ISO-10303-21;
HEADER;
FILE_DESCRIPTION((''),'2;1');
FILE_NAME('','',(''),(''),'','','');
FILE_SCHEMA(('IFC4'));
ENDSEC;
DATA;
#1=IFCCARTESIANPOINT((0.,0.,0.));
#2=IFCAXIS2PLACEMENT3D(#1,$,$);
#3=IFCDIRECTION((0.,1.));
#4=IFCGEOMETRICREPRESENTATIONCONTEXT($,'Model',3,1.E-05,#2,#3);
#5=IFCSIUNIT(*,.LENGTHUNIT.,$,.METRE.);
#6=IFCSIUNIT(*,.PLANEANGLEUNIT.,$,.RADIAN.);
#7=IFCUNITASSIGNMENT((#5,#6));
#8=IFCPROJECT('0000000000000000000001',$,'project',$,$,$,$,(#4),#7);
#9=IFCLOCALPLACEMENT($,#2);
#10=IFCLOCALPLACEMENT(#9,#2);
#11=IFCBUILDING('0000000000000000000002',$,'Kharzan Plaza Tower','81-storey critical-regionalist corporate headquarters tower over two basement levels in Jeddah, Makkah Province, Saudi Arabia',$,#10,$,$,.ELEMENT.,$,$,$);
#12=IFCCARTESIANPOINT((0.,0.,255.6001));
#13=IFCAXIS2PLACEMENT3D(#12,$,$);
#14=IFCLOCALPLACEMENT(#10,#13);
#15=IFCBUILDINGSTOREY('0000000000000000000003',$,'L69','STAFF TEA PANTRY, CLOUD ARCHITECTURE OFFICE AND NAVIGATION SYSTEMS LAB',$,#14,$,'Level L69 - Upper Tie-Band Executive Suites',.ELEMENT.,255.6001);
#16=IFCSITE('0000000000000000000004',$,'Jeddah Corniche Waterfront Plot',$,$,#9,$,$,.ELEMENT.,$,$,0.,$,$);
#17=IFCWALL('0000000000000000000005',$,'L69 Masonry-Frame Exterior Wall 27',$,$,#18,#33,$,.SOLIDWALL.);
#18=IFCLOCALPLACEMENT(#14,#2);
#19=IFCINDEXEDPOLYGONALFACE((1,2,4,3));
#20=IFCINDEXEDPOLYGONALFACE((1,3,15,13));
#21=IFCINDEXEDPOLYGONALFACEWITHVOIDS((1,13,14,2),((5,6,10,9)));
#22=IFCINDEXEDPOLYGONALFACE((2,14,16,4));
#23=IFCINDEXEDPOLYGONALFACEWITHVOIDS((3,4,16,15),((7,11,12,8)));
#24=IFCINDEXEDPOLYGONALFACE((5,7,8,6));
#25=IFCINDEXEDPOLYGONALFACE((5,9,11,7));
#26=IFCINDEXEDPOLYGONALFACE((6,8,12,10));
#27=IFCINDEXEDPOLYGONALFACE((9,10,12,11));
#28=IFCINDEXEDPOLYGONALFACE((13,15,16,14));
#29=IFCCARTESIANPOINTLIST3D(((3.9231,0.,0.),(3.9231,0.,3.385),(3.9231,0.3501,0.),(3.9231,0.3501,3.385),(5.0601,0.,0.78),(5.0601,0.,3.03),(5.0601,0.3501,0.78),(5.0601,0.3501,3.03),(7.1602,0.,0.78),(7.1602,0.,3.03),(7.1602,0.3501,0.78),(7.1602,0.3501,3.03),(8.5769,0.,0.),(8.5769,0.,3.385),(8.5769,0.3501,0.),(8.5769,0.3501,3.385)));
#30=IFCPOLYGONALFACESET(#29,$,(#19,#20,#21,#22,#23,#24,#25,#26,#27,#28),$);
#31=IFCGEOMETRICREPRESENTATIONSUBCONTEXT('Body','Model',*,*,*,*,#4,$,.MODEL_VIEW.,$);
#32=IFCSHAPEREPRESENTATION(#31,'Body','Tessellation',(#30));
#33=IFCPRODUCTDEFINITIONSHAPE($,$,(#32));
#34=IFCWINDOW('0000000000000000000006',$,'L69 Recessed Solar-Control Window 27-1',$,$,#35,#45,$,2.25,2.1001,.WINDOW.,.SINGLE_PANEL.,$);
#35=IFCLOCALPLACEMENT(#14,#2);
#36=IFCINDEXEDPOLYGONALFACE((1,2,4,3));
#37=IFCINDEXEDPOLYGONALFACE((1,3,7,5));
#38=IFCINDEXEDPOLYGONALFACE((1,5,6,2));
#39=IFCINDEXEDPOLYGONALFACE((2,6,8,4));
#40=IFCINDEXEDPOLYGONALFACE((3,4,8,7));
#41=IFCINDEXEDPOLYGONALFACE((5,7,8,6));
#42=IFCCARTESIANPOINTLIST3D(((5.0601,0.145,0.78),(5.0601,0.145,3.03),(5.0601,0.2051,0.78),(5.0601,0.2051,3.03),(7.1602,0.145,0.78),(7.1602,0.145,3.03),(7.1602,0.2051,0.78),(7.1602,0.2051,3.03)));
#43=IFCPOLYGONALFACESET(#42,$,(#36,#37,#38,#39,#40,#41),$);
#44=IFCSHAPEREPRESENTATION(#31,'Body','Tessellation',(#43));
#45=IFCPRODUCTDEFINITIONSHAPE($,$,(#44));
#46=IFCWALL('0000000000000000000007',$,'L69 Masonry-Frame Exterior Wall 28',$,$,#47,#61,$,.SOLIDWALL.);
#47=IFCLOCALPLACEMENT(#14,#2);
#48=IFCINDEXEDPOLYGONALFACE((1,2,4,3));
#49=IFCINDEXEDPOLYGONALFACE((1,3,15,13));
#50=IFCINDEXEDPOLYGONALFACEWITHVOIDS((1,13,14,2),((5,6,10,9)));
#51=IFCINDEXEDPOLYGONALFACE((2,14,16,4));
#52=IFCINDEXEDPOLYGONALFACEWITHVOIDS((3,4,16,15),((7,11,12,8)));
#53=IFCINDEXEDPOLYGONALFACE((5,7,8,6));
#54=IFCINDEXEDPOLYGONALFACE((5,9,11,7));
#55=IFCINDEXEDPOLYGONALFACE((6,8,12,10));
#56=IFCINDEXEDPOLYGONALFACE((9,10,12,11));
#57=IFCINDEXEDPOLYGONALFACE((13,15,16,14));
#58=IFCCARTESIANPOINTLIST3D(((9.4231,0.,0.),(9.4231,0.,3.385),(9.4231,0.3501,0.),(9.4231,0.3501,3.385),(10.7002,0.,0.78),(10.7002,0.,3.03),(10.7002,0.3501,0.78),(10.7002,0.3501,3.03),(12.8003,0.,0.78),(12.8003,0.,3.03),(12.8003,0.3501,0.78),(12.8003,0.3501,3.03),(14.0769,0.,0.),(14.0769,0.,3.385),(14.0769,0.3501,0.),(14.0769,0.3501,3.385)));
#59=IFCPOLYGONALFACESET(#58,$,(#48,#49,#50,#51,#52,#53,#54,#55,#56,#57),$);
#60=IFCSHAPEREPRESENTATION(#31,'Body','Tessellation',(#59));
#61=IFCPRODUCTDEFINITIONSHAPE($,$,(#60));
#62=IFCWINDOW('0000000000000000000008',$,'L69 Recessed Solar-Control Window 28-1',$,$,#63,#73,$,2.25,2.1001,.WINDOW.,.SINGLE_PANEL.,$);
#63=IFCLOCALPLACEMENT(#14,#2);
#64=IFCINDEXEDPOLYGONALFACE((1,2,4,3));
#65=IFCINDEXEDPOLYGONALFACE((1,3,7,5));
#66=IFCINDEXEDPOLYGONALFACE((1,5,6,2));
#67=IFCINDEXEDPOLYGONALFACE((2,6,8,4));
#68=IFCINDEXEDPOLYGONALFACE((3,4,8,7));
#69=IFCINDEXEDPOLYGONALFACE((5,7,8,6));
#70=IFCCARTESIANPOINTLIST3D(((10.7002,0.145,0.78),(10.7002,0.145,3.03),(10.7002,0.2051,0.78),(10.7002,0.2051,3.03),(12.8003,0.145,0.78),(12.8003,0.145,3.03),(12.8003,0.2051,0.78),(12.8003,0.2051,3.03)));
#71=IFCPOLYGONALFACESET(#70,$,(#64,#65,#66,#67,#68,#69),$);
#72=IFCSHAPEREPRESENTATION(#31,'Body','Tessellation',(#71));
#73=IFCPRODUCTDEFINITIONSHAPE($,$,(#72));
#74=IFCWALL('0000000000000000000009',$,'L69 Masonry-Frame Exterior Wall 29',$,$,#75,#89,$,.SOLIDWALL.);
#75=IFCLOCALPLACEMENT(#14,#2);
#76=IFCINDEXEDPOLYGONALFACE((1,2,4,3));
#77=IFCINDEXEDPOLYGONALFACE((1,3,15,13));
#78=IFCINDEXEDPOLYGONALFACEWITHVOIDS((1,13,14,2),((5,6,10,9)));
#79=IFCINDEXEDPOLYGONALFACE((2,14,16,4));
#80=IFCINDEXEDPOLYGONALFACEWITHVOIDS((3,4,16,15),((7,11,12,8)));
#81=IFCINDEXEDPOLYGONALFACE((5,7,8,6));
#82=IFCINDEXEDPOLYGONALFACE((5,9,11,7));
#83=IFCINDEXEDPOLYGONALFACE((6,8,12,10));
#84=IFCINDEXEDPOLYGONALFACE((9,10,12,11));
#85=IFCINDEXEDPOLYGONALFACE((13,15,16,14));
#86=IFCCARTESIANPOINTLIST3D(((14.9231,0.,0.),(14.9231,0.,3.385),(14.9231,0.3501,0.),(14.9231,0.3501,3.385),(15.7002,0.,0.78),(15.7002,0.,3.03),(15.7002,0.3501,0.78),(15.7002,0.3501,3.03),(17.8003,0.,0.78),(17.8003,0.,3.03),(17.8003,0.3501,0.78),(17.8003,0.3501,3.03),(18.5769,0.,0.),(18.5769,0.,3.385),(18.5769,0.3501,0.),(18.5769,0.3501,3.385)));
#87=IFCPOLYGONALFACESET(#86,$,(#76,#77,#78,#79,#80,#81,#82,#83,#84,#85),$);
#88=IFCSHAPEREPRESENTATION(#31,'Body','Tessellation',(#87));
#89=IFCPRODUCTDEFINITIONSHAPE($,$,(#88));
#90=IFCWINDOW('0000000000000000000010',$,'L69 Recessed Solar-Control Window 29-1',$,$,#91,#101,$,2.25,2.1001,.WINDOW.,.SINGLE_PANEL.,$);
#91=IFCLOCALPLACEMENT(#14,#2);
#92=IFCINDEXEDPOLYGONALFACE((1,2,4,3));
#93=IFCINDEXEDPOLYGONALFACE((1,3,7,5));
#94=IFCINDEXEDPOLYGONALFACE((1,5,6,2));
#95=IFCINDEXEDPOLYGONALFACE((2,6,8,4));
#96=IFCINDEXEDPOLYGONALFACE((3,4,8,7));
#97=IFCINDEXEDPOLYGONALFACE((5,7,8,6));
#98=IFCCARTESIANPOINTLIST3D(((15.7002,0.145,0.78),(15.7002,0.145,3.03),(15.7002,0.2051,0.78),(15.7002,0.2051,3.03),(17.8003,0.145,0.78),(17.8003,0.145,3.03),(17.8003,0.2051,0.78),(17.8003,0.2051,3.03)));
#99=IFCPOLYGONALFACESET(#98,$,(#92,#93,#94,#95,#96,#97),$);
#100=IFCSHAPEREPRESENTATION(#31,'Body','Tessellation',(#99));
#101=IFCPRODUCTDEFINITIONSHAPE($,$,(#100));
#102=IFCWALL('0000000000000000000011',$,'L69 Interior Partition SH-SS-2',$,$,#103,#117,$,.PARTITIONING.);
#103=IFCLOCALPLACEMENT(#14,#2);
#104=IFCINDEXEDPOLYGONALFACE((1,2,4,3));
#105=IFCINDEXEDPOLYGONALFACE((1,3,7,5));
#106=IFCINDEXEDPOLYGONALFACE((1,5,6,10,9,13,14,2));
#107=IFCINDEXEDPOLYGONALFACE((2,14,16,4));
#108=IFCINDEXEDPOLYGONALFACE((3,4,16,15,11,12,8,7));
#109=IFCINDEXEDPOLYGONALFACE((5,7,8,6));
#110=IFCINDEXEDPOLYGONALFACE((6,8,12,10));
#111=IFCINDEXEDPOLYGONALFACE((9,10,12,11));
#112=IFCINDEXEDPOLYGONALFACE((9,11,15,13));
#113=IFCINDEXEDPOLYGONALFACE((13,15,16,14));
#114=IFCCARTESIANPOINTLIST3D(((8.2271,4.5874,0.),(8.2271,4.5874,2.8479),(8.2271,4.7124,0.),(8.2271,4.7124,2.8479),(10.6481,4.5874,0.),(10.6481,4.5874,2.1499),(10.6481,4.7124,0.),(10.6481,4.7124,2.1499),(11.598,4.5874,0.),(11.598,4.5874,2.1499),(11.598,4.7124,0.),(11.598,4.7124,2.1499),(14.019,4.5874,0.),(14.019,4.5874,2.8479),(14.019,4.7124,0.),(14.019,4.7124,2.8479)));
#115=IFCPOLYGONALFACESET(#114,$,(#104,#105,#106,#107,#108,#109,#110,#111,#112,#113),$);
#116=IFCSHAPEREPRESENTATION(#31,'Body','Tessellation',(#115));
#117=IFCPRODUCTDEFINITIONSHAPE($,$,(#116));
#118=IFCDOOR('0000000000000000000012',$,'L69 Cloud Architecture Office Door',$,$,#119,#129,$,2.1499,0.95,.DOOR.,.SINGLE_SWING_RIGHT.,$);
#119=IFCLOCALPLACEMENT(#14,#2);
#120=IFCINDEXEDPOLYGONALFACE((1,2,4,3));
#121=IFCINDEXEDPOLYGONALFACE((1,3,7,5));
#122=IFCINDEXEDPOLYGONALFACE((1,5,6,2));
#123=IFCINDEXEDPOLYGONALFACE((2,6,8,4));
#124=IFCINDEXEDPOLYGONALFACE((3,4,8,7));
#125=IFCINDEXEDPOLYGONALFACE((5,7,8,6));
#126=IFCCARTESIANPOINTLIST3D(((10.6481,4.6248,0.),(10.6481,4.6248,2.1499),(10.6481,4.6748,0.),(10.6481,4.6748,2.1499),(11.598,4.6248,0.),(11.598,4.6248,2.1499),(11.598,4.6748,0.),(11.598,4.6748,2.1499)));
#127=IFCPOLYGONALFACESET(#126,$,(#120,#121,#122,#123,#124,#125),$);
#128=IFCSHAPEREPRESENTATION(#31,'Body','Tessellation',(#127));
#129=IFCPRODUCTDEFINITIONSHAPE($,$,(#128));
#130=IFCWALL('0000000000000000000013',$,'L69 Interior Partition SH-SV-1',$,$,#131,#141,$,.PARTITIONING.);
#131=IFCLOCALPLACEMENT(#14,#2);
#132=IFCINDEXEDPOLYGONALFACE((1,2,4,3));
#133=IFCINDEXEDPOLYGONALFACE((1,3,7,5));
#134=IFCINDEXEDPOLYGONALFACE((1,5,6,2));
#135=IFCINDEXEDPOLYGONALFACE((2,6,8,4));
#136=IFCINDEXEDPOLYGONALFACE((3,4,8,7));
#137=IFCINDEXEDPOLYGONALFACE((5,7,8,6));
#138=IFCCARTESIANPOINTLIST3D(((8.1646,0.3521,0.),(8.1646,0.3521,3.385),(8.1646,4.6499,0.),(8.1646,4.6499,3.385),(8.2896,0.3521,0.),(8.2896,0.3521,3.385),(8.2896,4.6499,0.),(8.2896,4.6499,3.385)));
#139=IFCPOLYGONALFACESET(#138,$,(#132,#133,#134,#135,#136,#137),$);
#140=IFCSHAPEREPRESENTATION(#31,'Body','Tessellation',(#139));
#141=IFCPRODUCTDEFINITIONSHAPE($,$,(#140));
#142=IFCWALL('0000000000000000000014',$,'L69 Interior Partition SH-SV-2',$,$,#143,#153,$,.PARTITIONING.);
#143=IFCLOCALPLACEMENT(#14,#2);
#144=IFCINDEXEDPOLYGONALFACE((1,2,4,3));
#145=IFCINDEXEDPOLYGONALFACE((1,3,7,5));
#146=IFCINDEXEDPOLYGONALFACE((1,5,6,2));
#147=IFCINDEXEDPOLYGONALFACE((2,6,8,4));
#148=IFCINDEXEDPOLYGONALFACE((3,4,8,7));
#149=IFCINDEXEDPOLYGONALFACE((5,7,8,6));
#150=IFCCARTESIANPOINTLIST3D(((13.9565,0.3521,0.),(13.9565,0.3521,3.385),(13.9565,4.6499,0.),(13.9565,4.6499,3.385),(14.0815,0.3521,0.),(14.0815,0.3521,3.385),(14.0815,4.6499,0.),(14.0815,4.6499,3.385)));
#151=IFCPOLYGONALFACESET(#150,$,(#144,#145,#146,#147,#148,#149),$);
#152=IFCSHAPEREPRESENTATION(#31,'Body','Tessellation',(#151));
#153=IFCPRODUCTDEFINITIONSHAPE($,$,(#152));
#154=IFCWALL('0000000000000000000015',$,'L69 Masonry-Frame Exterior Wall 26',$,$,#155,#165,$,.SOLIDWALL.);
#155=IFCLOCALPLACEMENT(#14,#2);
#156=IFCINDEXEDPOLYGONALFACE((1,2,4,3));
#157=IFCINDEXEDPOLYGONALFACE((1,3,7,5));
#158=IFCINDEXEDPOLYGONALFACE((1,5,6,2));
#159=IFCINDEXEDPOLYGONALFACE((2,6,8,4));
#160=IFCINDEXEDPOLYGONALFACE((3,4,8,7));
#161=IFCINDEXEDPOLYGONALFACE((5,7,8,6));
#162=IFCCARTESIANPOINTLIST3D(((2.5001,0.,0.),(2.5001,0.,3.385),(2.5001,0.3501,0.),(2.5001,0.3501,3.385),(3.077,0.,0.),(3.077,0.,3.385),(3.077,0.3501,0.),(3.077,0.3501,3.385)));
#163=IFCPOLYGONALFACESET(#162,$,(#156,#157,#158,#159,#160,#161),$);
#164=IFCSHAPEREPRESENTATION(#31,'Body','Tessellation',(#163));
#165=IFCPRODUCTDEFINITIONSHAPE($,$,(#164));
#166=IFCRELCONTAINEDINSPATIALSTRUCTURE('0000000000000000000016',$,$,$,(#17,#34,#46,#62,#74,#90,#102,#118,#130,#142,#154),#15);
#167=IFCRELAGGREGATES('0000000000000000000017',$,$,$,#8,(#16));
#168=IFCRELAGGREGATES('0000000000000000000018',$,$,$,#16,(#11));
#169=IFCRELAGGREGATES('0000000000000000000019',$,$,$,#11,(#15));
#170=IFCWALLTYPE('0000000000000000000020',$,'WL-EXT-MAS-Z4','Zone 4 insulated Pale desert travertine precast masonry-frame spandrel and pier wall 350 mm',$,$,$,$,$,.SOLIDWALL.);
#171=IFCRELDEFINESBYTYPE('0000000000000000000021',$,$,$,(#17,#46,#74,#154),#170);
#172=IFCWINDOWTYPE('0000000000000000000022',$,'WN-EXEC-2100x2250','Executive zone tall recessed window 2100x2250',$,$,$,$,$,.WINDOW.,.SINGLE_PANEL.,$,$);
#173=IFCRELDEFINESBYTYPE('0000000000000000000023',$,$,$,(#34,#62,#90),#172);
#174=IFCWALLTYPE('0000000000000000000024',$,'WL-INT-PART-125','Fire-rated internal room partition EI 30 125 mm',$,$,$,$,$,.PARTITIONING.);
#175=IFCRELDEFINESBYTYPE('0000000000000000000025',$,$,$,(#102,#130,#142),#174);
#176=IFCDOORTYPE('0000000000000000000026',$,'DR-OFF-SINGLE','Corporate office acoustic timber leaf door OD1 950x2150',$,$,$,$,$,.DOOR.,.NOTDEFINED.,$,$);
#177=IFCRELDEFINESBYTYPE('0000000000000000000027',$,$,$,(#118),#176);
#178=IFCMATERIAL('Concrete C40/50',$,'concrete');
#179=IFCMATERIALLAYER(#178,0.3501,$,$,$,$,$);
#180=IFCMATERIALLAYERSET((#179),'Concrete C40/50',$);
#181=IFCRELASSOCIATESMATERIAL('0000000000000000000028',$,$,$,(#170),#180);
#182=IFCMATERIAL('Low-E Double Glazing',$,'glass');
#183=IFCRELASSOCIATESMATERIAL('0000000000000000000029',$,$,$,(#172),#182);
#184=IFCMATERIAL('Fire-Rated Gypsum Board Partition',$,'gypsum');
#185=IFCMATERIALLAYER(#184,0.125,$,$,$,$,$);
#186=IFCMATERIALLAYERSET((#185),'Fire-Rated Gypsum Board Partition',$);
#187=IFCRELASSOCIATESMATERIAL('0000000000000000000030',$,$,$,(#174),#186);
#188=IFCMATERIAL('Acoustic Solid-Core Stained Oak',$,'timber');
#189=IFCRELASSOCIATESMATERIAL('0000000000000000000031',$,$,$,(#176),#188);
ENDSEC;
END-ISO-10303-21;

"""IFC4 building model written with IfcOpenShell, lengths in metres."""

from ifc_helpers import new_model, si_unit, direction, frame, frame_2d, origin, place, context, subcontext, project, spatial, rectangle, extrude, source, transform, mapped, material, layer, layer_set, type_object, element, fill, save


model = new_model("IFC4")

# Units and contexts
model_context = context("Model", 3, precision=1e-05, world=origin(), true_north=direction((0.0, 1.0)))
body_context = subcontext(model_context, "Body", "Model", "MODEL_VIEW")
ifc_project = project(units=[si_unit("LENGTHUNIT", "METRE"), si_unit("PLANEANGLEUNIT", "RADIAN")], contexts=[model_context])

# Site, building, storey
site_placement = place(None, origin())
site = spatial("IfcSite", under=ifc_project, at=site_placement, Name="Jeddah Corniche Waterfront Plot", CompositionType="ELEMENT", RefElevation=0.0)
building_placement = place(site_placement, origin())
building = spatial("IfcBuilding", under=site, at=building_placement, Name="Kharzan Plaza Tower", Description="81-storey critical-regionalist corporate headquarters tower over two basement levels in Jeddah, Makkah Province, Saudi Arabia", CompositionType="ELEMENT")
storey_placement = place(building_placement, frame((0.0, 0.0, 255.6001)))
storey = spatial("IfcBuildingStorey", under=building, at=storey_placement, Name="L69", Description="STAFF TEA PANTRY, CLOUD ARCHITECTURE OFFICE AND NAVIGATION SYSTEMS LAB", LongName="Level L69 - Upper Tie-Band Executive Suites", CompositionType="ELEMENT", Elevation=255.6001)

# Walls, openings, windows
ifc_material_1 = material(Name="Concrete C40/50", Category="concrete")
ifc_layer_1 = layer(ifc_material_1, 0.3501)
ifc_layer_set_1 = layer_set([ifc_layer_1], Name="Concrete C40/50")
wall_type_1 = type_object("IfcWallType", Name="WL-EXT-MAS-Z4", Description="Zone 4 insulated Pale desert travertine precast masonry-frame spandrel and pier wall 350 mm", PredefinedType="SOLIDWALL", material=ifc_layer_set_1)
ifc_material_2 = material(Name="Low-E Double Glazing", Category="glass")
wall_1_placement = place(storey_placement, frame((3.9231, 0.175, 0.0), z_axis=(0.0, 0.0, 1.0), x_axis=(1.0, 0.0, 0.0)))
wall_1 = element("IfcWall", 1, at=wall_1_placement, inside=storey, type_object=wall_type_1, Name="L69 Masonry-Frame Exterior Wall 27", PredefinedType="SOLIDWALL", context=body_context, shape_type="SweptSolid", body=[
    extrude(rectangle(XDim=4.6538, YDim=0.3501, at=frame_2d((2.3269, 0.0))), origin(), (0.0, 0.0, 1.0), 3.385),
])
opening_1_placement = place(wall_1_placement, frame((1.137, 0.0, 0.78)))
opening_1 = element("IfcOpeningElement", 2, at=opening_1_placement, cuts=wall_1, PredefinedType="OPENING", context=body_context, shape_type="SweptSolid", body=[
    extrude(rectangle(XDim=2.1001, YDim=2.25, at=frame_2d((1.05, 1.125))), frame((0.0, 0.1851, 0.0), z_axis=(0.0, -1.0, 0.0), x_axis=(1.0, 0.0, 0.0)), (0.0, 0.0, 1.0), 0.3701),
])
window_type_1 = type_object("IfcWindowType", Name="WN-EXEC-2100x2250", Description="Executive zone tall recessed window 2100x2250", PartitioningType="SINGLE_PANEL", PredefinedType="WINDOW", material=ifc_material_2)
shared_shape_1 = source(origin(), body_context, "Body", "SweptSolid", [
    extrude(rectangle(XDim=2.1001, YDim=2.25, at=frame_2d((1.05, 1.125))), frame((0.0, 0.03, 0.0), z_axis=(0.0, -1.0, 0.0), x_axis=(1.0, 0.0, 0.0)), (0.0, 0.0, 1.0), 0.0601),
])
window_1_placement = place(opening_1_placement, origin())
window_1 = element("IfcWindow", 3, at=window_1_placement, inside=storey, type_object=window_type_1, Name="L69 Recessed Solar-Control Window 27-1", OverallHeight=2.25, OverallWidth=2.1001, PartitioningType="SINGLE_PANEL", PredefinedType="WINDOW", context=body_context, shape_type="MappedRepresentation", body=[
    mapped(shared_shape_1, transform((0.0, 0.0, 0.0), x_axis=(1.0, 0.0, 0.0), y_axis=(0.0, 1.0, 0.0), z_axis=(0.0, 0.0, 1.0))),
])
fill(opening_1, window_1)
wall_2_placement = place(storey_placement, frame((9.4231, 0.175, 0.0), z_axis=(0.0, 0.0, 1.0), x_axis=(1.0, 0.0, 0.0)))
wall_2 = element("IfcWall", 4, at=wall_2_placement, inside=storey, type_object=wall_type_1, Name="L69 Masonry-Frame Exterior Wall 28", PredefinedType="SOLIDWALL", context=body_context, shape_type="SweptSolid", body=[
    extrude(rectangle(XDim=4.6538, YDim=0.3501, at=frame_2d((2.3269, 0.0))), origin(), (0.0, 0.0, 1.0), 3.385),
])
opening_2_placement = place(wall_2_placement, frame((1.2771, 0.0, 0.78)))
opening_2 = element("IfcOpeningElement", 5, at=opening_2_placement, cuts=wall_2, PredefinedType="OPENING", context=body_context, shape_type="SweptSolid", body=[
    extrude(rectangle(XDim=2.1001, YDim=2.25, at=frame_2d((1.05, 1.125))), frame((0.0, 0.1851, 0.0), z_axis=(0.0, -1.0, 0.0), x_axis=(1.0, 0.0, 0.0)), (0.0, 0.0, 1.0), 0.3701),
])
window_2_placement = place(opening_2_placement, origin())
window_2 = element("IfcWindow", 6, at=window_2_placement, inside=storey, type_object=window_type_1, Name="L69 Recessed Solar-Control Window 28-1", OverallHeight=2.25, OverallWidth=2.1001, PartitioningType="SINGLE_PANEL", PredefinedType="WINDOW", context=body_context, shape_type="MappedRepresentation", body=[
    mapped(shared_shape_1, transform((0.0, 0.0, 0.0), x_axis=(1.0, 0.0, 0.0), y_axis=(0.0, 1.0, 0.0), z_axis=(0.0, 0.0, 1.0))),
])
fill(opening_2, window_2)
wall_3_placement = place(storey_placement, frame((14.9231, 0.175, 0.0), z_axis=(0.0, 0.0, 1.0), x_axis=(1.0, 0.0, 0.0)))
wall_3 = element("IfcWall", 7, at=wall_3_placement, inside=storey, type_object=wall_type_1, Name="L69 Masonry-Frame Exterior Wall 29", PredefinedType="SOLIDWALL", context=body_context, shape_type="SweptSolid", body=[
    extrude(rectangle(XDim=3.6538, YDim=0.3501, at=frame_2d((1.8269, 0.0))), origin(), (0.0, 0.0, 1.0), 3.385),
])
opening_3_placement = place(wall_3_placement, frame((0.7771, 0.0, 0.78)))
opening_3 = element("IfcOpeningElement", 8, at=opening_3_placement, cuts=wall_3, PredefinedType="OPENING", context=body_context, shape_type="SweptSolid", body=[
    extrude(rectangle(XDim=2.1001, YDim=2.25, at=frame_2d((1.05, 1.125))), frame((0.0, 0.1851, 0.0), z_axis=(0.0, -1.0, 0.0), x_axis=(1.0, 0.0, 0.0)), (0.0, 0.0, 1.0), 0.3701),
])
window_3_placement = place(opening_3_placement, origin())
window_3 = element("IfcWindow", 9, at=window_3_placement, inside=storey, type_object=window_type_1, Name="L69 Recessed Solar-Control Window 29-1", OverallHeight=2.25, OverallWidth=2.1001, PartitioningType="SINGLE_PANEL", PredefinedType="WINDOW", context=body_context, shape_type="MappedRepresentation", body=[
    mapped(shared_shape_1, transform((0.0, 0.0, 0.0), x_axis=(1.0, 0.0, 0.0), y_axis=(0.0, 1.0, 0.0), z_axis=(0.0, 0.0, 1.0))),
])
fill(opening_3, window_3)

# Wall, opening, door
ifc_material_3 = material(Name="Fire-Rated Gypsum Board Partition", Category="gypsum")
ifc_layer_2 = layer(ifc_material_3, 0.125)
ifc_layer_set_2 = layer_set([ifc_layer_2], Name="Fire-Rated Gypsum Board Partition")
wall_type_2 = type_object("IfcWallType", Name="WL-INT-PART-125", Description="Fire-rated internal room partition EI 30 125 mm", PredefinedType="PARTITIONING", material=ifc_layer_set_2)
ifc_material_4 = material(Name="Acoustic Solid-Core Stained Oak", Category="timber")
door_type = type_object("IfcDoorType", Name="DR-OFF-SINGLE", Description="Corporate office acoustic timber leaf door OD1 950x2150", OperationType="NOTDEFINED", PredefinedType="DOOR", material=ifc_material_4)
shared_shape_2 = source(origin(), body_context, "Body", "SweptSolid", [
    extrude(rectangle(XDim=0.95, YDim=2.1499, at=frame_2d((0.4751, 1.075))), frame((0.0, 0.0249, 0.0), z_axis=(0.0, -1.0, 0.0), x_axis=(1.0, 0.0, 0.0)), (0.0, 0.0, 1.0), 0.05),
])
wall_4_placement = place(storey_placement, frame((8.2271, 4.6499, 0.0), z_axis=(0.0, 0.0, 1.0), x_axis=(1.0, 0.0, 0.0)))
wall_4 = element("IfcWall", 10, at=wall_4_placement, inside=storey, type_object=wall_type_2, Name="L69 Interior Partition SH-SS-2", PredefinedType="PARTITIONING", context=body_context, shape_type="SweptSolid", body=[
    extrude(rectangle(XDim=5.792, YDim=0.125, at=frame_2d((2.896, 0.0))), origin(), (0.0, 0.0, 1.0), 2.8479),
])
opening_4_placement = place(wall_4_placement, frame((2.4209, 0.0, 0.0)))
opening_4 = element("IfcOpeningElement", 11, at=opening_4_placement, cuts=wall_4, PredefinedType="OPENING", context=body_context, shape_type="SweptSolid", body=[
    extrude(rectangle(XDim=0.95, YDim=2.1499, at=frame_2d((0.4751, 1.075))), frame((0.0, 0.0725, 0.0), z_axis=(0.0, -1.0, 0.0), x_axis=(1.0, 0.0, 0.0)), (0.0, 0.0, 1.0), 0.145),
])
door_1_placement = place(opening_4_placement, origin())
door_1 = element("IfcDoor", 12, at=door_1_placement, inside=storey, type_object=door_type, Name="L69 Cloud Architecture Office Door", OperationType="SINGLE_SWING_RIGHT", OverallHeight=2.1499, OverallWidth=0.95, PredefinedType="DOOR", context=body_context, shape_type="MappedRepresentation", body=[
    mapped(shared_shape_2, transform((0.0, 0.0, 0.0), x_axis=(1.0, 0.0, 0.0), y_axis=(0.0, 1.0, 0.0), z_axis=(0.0, 0.0, 1.0))),
])
fill(opening_4, door_1)

# Walls
shared_shape_3 = source(origin(), body_context, "Body", "SweptSolid", [
    extrude(rectangle(XDim=4.2979, YDim=0.125, at=frame_2d((2.1489, 0.0))), origin(), (0.0, 0.0, 1.0), 3.385),
])
for number, where, z_axis, x_axis, name in (
    (13, (8.2271, 0.3521, 0.0), (0.0, 0.0, 1.0), (0.0, 1.0, 0.0), "L69 Interior Partition SH-SV-1"),
    (14, (14.019, 0.3521, 0.0), (0.0, 0.0, 1.0), (0.0, 1.0, 0.0), "L69 Interior Partition SH-SV-2"),
):
    element("IfcWall", number, at=place(storey_placement, frame(where, z_axis=z_axis, x_axis=x_axis)), inside=storey, type_object=wall_type_2, Name=name, PredefinedType="PARTITIONING", context=body_context, shape_type="MappedRepresentation", body=[
        mapped(shared_shape_3, transform((0.0, 0.0, 0.0), x_axis=(1.0, 0.0, 0.0), y_axis=(0.0, 1.0, 0.0), z_axis=(0.0, 0.0, 1.0))),
    ])
shared_shape_4 = source(origin(), body_context, "Body", "SweptSolid", [
    extrude(rectangle(XDim=0.5769, YDim=0.3501, at=frame_2d((0.2886, 0.0))), origin(), (0.0, 0.0, 1.0), 3.385),
])
wall_5_placement = place(storey_placement, frame((2.5, 0.175, 0.0), z_axis=(0.0, 0.0, 1.0), x_axis=(1.0, 0.0, 0.0)))
element("IfcWall", 15, at=wall_5_placement, inside=storey, type_object=wall_type_1, Name="L69 Masonry-Frame Exterior Wall 26", PredefinedType="SOLIDWALL", context=body_context, shape_type="MappedRepresentation", body=[
    mapped(shared_shape_4, transform((0.0, 0.0, 0.0), x_axis=(1.0, 0.0, 0.0), y_axis=(0.0, 1.0, 0.0), z_axis=(0.0, 0.0, 1.0))),
])

save(model, "model.ifc")
